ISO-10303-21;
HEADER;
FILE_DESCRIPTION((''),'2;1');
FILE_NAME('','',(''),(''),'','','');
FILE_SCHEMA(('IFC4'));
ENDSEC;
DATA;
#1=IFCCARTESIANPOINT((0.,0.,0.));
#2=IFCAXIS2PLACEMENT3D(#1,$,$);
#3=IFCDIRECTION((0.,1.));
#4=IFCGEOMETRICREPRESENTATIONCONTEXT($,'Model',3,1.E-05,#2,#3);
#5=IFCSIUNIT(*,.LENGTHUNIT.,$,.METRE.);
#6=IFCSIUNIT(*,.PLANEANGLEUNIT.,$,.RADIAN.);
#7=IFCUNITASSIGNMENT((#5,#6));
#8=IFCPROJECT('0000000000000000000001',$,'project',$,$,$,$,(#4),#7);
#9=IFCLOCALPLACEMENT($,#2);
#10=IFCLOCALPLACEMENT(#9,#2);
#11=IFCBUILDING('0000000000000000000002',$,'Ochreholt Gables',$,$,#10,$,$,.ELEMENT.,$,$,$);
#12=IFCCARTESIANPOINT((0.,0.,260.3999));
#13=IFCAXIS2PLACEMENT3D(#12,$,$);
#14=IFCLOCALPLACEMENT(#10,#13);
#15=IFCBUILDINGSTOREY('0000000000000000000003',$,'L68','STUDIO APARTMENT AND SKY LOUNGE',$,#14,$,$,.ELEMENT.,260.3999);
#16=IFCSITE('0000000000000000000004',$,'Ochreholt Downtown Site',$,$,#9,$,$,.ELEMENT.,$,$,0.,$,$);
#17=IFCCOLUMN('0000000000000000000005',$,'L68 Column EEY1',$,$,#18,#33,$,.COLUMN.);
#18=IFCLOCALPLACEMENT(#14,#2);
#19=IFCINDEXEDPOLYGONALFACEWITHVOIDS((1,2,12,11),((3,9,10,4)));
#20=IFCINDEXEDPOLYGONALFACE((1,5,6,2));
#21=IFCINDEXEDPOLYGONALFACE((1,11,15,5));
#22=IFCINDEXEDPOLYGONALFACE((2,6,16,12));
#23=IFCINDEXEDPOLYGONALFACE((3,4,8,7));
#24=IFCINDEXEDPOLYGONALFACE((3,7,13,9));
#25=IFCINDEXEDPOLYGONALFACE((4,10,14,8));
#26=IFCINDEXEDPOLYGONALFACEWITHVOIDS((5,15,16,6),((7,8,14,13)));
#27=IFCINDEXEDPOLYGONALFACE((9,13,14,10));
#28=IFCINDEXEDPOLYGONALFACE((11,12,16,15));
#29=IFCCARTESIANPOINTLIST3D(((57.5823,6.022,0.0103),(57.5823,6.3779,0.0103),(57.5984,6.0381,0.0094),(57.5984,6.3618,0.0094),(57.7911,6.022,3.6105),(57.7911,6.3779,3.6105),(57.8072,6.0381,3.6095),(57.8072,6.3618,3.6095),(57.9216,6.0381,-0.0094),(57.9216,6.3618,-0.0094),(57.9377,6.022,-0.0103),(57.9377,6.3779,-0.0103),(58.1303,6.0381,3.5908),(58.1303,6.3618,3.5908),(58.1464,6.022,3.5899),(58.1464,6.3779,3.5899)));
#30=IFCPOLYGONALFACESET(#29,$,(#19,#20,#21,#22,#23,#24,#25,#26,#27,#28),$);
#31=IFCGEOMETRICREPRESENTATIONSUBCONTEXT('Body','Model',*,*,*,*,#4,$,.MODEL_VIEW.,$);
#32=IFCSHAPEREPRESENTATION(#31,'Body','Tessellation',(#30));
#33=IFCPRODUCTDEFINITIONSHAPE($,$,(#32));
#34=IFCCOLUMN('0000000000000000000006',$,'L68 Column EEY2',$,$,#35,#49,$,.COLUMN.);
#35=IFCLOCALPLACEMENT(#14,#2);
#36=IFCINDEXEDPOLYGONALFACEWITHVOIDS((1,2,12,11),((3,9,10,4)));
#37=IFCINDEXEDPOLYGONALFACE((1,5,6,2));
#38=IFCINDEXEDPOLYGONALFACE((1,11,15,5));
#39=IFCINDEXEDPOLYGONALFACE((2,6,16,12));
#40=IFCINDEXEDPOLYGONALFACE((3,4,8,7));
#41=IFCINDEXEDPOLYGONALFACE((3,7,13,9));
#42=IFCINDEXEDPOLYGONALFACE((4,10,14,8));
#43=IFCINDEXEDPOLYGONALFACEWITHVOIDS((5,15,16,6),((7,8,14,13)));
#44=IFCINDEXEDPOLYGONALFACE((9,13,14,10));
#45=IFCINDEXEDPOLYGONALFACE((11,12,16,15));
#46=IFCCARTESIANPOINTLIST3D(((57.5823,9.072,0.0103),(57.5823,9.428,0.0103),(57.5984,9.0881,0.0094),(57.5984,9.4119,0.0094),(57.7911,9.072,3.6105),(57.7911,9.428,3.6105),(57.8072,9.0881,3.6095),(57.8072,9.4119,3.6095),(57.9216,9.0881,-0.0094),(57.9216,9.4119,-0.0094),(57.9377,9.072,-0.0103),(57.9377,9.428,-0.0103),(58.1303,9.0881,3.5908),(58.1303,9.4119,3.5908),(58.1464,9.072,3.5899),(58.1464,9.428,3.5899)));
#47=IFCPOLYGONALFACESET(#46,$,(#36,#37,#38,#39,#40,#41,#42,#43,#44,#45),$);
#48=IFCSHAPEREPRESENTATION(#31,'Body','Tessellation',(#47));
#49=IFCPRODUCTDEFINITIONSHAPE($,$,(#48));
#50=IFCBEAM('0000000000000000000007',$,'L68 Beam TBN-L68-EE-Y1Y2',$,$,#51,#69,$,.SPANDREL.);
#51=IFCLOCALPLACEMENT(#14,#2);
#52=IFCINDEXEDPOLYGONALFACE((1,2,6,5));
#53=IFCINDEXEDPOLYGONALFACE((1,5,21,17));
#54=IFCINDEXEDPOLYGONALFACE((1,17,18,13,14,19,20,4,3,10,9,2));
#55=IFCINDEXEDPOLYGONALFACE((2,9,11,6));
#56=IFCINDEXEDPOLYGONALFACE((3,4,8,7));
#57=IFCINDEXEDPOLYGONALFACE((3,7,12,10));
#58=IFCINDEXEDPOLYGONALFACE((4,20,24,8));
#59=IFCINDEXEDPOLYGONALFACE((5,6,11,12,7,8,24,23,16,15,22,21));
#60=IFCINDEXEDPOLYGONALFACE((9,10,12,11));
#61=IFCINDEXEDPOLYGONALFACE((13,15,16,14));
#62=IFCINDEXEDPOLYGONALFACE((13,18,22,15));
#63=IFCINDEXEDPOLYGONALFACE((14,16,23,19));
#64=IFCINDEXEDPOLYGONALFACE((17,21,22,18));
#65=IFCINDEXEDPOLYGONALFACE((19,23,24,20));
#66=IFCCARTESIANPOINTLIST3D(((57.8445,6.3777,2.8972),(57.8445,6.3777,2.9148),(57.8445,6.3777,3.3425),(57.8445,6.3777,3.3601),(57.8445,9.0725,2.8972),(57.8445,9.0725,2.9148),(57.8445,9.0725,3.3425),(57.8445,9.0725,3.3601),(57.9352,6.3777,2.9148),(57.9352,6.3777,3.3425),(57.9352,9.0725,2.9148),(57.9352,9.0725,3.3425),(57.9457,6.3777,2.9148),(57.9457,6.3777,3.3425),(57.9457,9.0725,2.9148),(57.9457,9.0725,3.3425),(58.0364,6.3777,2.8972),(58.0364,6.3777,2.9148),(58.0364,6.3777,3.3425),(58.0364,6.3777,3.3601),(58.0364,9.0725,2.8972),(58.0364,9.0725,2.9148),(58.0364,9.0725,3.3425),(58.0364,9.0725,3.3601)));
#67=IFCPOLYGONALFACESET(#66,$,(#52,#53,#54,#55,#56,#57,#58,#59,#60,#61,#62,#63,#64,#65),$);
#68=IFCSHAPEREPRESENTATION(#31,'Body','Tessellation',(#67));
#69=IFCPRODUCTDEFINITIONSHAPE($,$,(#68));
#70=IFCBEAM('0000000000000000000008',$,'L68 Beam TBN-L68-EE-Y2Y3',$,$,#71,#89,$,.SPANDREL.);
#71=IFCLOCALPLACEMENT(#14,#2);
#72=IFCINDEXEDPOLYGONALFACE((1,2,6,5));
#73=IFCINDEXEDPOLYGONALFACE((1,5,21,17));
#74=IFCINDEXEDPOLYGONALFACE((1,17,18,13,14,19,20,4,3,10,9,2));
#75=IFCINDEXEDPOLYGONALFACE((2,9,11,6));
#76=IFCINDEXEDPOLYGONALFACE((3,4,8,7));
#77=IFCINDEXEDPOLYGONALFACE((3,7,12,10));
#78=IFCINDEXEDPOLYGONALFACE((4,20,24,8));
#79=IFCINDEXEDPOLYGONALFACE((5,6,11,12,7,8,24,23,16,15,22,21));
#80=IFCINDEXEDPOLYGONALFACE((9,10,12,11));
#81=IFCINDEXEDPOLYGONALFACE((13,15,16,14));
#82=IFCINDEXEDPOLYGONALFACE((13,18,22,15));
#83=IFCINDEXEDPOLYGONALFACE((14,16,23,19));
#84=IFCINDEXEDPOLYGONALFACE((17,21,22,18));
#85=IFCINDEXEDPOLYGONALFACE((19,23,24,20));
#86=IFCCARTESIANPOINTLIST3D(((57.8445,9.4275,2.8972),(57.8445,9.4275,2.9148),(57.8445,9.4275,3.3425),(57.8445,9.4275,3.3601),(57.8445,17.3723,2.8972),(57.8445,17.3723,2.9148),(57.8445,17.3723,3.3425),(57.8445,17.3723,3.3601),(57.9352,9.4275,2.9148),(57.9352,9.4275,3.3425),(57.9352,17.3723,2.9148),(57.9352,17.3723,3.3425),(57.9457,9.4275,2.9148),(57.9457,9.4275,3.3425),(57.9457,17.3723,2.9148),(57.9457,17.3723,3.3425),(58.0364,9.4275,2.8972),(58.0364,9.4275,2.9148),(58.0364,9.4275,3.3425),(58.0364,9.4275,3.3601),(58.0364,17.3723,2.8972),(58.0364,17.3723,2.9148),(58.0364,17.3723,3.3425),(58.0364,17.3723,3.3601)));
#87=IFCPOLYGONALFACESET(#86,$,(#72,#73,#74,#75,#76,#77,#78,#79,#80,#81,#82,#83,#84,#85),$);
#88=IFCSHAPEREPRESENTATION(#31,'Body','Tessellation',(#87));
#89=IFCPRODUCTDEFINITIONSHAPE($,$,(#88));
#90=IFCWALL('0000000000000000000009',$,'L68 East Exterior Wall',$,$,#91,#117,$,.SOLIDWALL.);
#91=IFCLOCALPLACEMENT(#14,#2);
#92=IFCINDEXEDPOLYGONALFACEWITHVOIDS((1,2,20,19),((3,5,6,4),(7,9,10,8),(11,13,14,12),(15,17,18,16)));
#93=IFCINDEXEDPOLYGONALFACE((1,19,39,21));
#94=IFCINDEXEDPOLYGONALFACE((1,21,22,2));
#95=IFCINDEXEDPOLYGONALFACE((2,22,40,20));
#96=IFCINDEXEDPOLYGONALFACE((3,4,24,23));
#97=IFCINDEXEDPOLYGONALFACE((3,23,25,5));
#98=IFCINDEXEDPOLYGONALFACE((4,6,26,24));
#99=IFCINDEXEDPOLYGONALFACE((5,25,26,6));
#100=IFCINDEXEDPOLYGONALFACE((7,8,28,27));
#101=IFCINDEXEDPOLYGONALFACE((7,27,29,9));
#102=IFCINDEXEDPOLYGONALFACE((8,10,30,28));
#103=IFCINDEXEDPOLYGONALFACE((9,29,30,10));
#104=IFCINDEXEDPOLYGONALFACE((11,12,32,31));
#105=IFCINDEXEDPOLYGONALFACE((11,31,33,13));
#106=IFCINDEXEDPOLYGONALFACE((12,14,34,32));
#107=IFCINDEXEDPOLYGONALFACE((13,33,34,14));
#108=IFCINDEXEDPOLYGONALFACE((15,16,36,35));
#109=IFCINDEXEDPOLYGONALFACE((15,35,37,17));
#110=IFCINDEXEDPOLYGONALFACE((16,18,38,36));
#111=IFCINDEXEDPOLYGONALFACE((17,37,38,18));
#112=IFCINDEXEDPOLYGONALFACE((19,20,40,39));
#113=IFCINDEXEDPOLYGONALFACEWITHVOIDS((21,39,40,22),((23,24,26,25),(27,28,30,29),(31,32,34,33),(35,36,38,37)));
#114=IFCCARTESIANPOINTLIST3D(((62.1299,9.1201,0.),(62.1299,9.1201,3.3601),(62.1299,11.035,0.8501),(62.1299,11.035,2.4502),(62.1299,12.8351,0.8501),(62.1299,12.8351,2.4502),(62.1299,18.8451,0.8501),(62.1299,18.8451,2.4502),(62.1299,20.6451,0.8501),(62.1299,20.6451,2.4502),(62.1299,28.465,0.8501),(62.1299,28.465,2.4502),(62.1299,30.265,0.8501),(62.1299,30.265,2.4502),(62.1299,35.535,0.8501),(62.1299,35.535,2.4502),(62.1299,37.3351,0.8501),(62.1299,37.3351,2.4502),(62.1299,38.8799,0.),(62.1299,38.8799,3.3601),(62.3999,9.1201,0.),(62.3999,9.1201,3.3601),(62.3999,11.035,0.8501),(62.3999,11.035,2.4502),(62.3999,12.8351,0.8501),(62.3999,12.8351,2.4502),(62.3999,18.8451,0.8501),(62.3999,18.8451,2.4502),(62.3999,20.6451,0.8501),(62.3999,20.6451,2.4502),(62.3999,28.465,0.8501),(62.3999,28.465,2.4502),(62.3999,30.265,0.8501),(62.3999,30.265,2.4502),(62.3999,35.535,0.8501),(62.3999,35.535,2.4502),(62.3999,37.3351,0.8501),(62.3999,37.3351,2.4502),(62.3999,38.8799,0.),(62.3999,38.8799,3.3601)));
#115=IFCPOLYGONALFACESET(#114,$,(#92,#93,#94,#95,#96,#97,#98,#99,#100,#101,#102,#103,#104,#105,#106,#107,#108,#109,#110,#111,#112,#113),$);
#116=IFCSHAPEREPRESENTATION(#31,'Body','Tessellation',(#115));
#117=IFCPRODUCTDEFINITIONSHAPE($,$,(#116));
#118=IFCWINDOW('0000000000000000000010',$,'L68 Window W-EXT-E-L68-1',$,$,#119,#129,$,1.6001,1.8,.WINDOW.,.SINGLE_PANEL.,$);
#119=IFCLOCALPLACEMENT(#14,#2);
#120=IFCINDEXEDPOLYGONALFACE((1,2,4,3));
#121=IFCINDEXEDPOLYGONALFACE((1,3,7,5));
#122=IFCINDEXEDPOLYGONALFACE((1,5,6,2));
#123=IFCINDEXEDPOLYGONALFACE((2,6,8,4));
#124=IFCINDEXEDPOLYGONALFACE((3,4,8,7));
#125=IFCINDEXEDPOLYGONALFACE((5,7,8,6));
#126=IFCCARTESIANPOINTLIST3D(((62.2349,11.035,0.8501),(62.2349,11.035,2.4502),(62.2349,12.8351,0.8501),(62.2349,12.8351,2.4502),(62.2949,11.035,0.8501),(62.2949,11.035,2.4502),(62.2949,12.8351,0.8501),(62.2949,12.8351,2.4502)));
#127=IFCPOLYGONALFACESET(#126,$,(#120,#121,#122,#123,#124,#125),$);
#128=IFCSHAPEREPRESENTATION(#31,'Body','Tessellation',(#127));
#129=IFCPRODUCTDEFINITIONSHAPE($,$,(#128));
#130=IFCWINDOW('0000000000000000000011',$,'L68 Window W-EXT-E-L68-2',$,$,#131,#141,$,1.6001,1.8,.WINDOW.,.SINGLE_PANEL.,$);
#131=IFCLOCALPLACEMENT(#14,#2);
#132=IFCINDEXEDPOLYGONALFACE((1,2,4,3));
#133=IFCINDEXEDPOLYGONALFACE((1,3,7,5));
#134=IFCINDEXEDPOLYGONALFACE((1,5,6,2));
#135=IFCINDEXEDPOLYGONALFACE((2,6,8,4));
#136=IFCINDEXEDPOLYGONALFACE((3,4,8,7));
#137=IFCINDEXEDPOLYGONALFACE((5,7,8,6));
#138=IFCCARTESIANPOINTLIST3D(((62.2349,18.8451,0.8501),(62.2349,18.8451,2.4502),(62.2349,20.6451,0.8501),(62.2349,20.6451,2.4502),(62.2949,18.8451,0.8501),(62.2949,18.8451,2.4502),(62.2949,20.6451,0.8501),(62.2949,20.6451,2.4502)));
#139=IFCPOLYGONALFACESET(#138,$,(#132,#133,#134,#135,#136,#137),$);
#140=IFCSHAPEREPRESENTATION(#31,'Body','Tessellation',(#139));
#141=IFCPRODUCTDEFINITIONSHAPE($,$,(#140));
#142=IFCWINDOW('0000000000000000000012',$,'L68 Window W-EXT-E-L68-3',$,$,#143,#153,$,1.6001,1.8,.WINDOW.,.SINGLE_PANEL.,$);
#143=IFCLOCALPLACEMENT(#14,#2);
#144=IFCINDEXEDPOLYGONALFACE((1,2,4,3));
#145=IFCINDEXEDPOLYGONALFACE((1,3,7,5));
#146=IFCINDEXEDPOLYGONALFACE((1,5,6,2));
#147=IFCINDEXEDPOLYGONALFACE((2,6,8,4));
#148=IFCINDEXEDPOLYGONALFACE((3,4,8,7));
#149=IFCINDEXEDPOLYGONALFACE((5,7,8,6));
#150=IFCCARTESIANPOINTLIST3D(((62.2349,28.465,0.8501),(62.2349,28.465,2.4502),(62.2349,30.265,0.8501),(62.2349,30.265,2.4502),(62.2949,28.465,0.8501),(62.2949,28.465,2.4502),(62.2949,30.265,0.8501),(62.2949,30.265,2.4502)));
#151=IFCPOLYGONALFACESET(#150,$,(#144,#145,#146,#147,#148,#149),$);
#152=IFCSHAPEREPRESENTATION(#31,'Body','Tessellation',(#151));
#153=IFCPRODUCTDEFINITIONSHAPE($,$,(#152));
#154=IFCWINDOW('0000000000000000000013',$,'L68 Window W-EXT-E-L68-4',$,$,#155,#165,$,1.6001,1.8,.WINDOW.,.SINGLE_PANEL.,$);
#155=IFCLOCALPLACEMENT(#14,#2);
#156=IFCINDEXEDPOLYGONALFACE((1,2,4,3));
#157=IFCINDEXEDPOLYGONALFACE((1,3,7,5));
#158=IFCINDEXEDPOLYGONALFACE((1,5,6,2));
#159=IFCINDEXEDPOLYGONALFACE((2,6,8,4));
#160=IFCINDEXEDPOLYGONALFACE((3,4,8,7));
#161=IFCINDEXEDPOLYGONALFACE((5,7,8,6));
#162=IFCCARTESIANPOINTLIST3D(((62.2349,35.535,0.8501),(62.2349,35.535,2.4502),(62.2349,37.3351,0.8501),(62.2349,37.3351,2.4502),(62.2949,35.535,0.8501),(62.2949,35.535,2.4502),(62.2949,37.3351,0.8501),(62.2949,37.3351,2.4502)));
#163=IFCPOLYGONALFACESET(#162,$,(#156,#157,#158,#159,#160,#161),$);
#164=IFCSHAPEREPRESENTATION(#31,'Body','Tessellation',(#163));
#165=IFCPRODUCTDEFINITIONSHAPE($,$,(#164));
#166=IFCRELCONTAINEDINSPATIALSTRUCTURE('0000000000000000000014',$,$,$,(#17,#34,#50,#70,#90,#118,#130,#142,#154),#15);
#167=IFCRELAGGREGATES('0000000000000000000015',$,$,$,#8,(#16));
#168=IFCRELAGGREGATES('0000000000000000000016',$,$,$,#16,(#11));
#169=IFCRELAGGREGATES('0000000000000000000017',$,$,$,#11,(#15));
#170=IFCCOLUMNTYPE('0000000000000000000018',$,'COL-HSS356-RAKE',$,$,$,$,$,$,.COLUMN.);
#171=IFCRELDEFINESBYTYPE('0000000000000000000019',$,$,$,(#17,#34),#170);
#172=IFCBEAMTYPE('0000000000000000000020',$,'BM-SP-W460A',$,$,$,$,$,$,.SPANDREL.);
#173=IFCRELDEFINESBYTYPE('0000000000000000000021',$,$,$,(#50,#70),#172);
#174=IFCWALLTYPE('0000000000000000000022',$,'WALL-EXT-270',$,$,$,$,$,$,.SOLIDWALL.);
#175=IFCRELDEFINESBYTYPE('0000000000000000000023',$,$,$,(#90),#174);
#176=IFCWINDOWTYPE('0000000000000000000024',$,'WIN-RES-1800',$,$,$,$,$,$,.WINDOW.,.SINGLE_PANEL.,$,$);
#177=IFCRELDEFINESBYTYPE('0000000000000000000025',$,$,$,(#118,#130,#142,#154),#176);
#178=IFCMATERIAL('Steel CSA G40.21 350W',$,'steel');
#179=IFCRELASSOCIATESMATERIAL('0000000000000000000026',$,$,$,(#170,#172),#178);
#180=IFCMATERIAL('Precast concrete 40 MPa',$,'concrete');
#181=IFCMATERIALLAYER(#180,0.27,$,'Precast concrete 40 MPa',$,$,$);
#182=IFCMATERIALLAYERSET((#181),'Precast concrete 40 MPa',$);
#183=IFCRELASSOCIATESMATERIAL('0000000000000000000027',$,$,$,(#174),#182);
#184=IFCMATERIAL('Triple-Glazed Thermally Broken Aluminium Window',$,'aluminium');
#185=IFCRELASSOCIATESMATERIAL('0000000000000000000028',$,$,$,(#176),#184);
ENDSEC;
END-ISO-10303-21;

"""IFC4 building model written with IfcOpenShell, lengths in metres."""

from ifc_helpers import new_model, si_unit, direction, frame, frame_2d, origin, origin_2d, place, context, subcontext, project, spatial, rectangle, hollow_rectangle, i_section, extrude, material, layer, layer_set, material_profile, profile_set, type_object, element, fill, save


model = new_model("IFC4")

# Units and contexts
model_context = context("Model", 3, precision=1e-05, world=origin(), true_north=direction((0.0, 1.0)))
body_context = subcontext(model_context, "Body", "Model", "MODEL_VIEW")
ifc_project = project(units=[si_unit("LENGTHUNIT", "METRE"), si_unit("PLANEANGLEUNIT", "RADIAN")], contexts=[model_context])

# Site, building, storey
site_placement = place(None, origin())
site = spatial("IfcSite", under=ifc_project, at=site_placement, Name="Ochreholt Downtown Site", CompositionType="ELEMENT", RefElevation=0.0)
building_placement = place(site_placement, origin())
building = spatial("IfcBuilding", under=site, at=building_placement, Name="Ochreholt Gables", CompositionType="ELEMENT")
storey_placement = place(building_placement, frame((0.0, 0.0, 260.3999)))
storey = spatial("IfcBuildingStorey", under=building, at=storey_placement, Name="L68", Description="STUDIO APARTMENT AND SKY LOUNGE", CompositionType="ELEMENT", Elevation=260.3999)

# Columns
ifc_material_1 = material(Name="Steel CSA G40.21 350W", Category="steel")
ifc_material_profile_1 = material_profile(ifc_material_1, hollow_rectangle(XDim=0.356, YDim=0.356, WallThickness=0.0161, at=origin_2d()), Name="HSS356X356X16")
ifc_profile_set_1 = profile_set([ifc_material_profile_1], Name="Steel CSA G40.21 350W")
column_type = type_object("IfcColumnType", Name="COL-HSS356-RAKE", PredefinedType="COLUMN", material=ifc_profile_set_1)
for number, where, z_axis, x_axis, name in (
    (1, (57.76, 6.2, 0.0), (0.057885, 0.0, 0.998323), (0.0, 1.0, 0.0), "L68 Column EEY1"),
    (2, (57.76, 9.25, 0.0), (0.057885, 0.0, 0.998323), (0.0, 1.0, 0.0), "L68 Column EEY2"),
):
    element("IfcColumn", number, at=place(storey_placement, frame(where, z_axis=z_axis, x_axis=x_axis)), inside=storey, type_object=column_type, Name=name, PredefinedType="COLUMN", context=body_context, shape_type="SweptSolid", body=[
        extrude(hollow_rectangle(XDim=0.356, YDim=0.356, WallThickness=0.0161, at=origin_2d()), origin(), (0.0, 0.0, 1.0), 3.6062),
    ])

# Beams
ifc_material_profile_2 = material_profile(ifc_material_1, i_section(OverallWidth=0.1919, OverallDepth=0.4629, WebThickness=0.0105, FlangeThickness=0.0176, at=origin_2d()), Name="W460X89")
ifc_profile_set_2 = profile_set([ifc_material_profile_2], Name="Steel CSA G40.21 350W")
beam_type = type_object("IfcBeamType", Name="BM-SP-W460A", PredefinedType="SPANDREL", material=ifc_profile_set_2)
beam_1_placement = place(storey_placement, frame((57.9404, 6.3777, 3.1287), z_axis=(0.0, 1.0, 0.0), x_axis=(-1.0, 0.0, 0.0)))
element("IfcBeam", 3, at=beam_1_placement, inside=storey, type_object=beam_type, Name="L68 Beam TBN-L68-EE-Y1Y2", PredefinedType="SPANDREL", context=body_context, shape_type="SweptSolid", body=[
    extrude(i_section(OverallWidth=0.1919, OverallDepth=0.4629, WebThickness=0.0105, FlangeThickness=0.0176, at=origin_2d()), origin(), (0.0, 0.0, 1.0), 2.6948),
])
beam_2_placement = place(storey_placement, frame((57.9404, 9.4275, 3.1287), z_axis=(0.0, 1.0, 0.0), x_axis=(-1.0, 0.0, 0.0)))
element("IfcBeam", 4, at=beam_2_placement, inside=storey, type_object=beam_type, Name="L68 Beam TBN-L68-EE-Y2Y3", PredefinedType="SPANDREL", context=body_context, shape_type="SweptSolid", body=[
    extrude(i_section(OverallWidth=0.1919, OverallDepth=0.4629, WebThickness=0.0105, FlangeThickness=0.0176, at=origin_2d()), origin(), (0.0, 0.0, 1.0), 7.9448),
])

# Wall, openings, windows
ifc_material_2 = material(Name="Precast concrete 40 MPa", Category="concrete")
ifc_layer_1 = layer(ifc_material_2, 0.27, Name="Precast concrete 40 MPa")
ifc_layer_set_1 = layer_set([ifc_layer_1], Name="Precast concrete 40 MPa")
wall_type_1 = type_object("IfcWallType", Name="WALL-EXT-270", PredefinedType="SOLIDWALL", material=ifc_layer_set_1)
wall_1_placement = place(storey_placement, frame((62.2649, 9.1201, 0.0), z_axis=(0.0, 0.0, 1.0), x_axis=(0.0, 1.0, 0.0)))
wall_1 = element("IfcWall", 5, at=wall_1_placement, inside=storey, type_object=wall_type_1, Name="L68 East Exterior Wall", PredefinedType="SOLIDWALL", context=body_context, shape_type="SweptSolid", body=[
    extrude(rectangle(XDim=29.7598, YDim=0.27, at=frame_2d((14.8799, 0.0))), origin(), (0.0, 0.0, 1.0), 3.3601),
])
opening_1_placement = place(wall_1_placement, frame((1.915, 0.0, 0.8501)))
opening_1 = element("IfcOpeningElement", 6, at=opening_1_placement, cuts=wall_1, PredefinedType="OPENING", context=body_context, shape_type="SweptSolid", body=[
    extrude(rectangle(XDim=1.8, YDim=1.6001, at=frame_2d((0.8999, 0.8))), frame((0.0, 0.145, 0.0), z_axis=(0.0, -1.0, 0.0), x_axis=(1.0, 0.0, 0.0)), (0.0, 0.0, 1.0), 0.29),
])
opening_2_placement = place(wall_1_placement, frame((9.7251, 0.0, 0.8501)))
opening_2 = element("IfcOpeningElement", 7, at=opening_2_placement, cuts=wall_1, PredefinedType="OPENING", context=body_context, shape_type="SweptSolid", body=[
    extrude(rectangle(XDim=1.8, YDim=1.6001, at=frame_2d((0.8999, 0.8))), frame((0.0, 0.145, 0.0), z_axis=(0.0, -1.0, 0.0), x_axis=(1.0, 0.0, 0.0)), (0.0, 0.0, 1.0), 0.29),
])
opening_3_placement = place(wall_1_placement, frame((19.345, 0.0, 0.8501)))
opening_3 = element("IfcOpeningElement", 8, at=opening_3_placement, cuts=wall_1, PredefinedType="OPENING", context=body_context, shape_type="SweptSolid", body=[
    extrude(rectangle(XDim=1.8, YDim=1.6001, at=frame_2d((0.8999, 0.8))), frame((0.0, 0.145, 0.0), z_axis=(0.0, -1.0, 0.0), x_axis=(1.0, 0.0, 0.0)), (0.0, 0.0, 1.0), 0.29),
])
opening_4_placement = place(wall_1_placement, frame((26.415, 0.0, 0.8501)))
opening_4 = element("IfcOpeningElement", 9, at=opening_4_placement, cuts=wall_1, PredefinedType="OPENING", context=body_context, shape_type="SweptSolid", body=[
    extrude(rectangle(XDim=1.8, YDim=1.6001, at=frame_2d((0.8999, 0.8))), frame((0.0, 0.145, 0.0), z_axis=(0.0, -1.0, 0.0), x_axis=(1.0, 0.0, 0.0)), (0.0, 0.0, 1.0), 0.29),
])
ifc_material_3 = material(Name="Triple-Glazed Thermally Broken Aluminium Window", Category="aluminium")
window_type_1 = type_object("IfcWindowType", Name="WIN-RES-1800", PartitioningType="SINGLE_PANEL", PredefinedType="WINDOW", material=ifc_material_3)
window_1_placement = place(opening_1_placement, origin())
window_1 = element("IfcWindow", 10, at=window_1_placement, inside=storey, type_object=window_type_1, Name="L68 Window W-EXT-E-L68-1", OverallHeight=1.6001, OverallWidth=1.8, PartitioningType="SINGLE_PANEL", PredefinedType="WINDOW", context=body_context, shape_type="SweptSolid", body=[
    extrude(rectangle(XDim=1.8, YDim=1.6001, at=frame_2d((0.8999, 0.8))), frame((0.0, 0.03, 0.0), z_axis=(0.0, -1.0, 0.0), x_axis=(1.0, 0.0, 0.0)), (0.0, 0.0, 1.0), 0.0601),
])
fill(opening_1, window_1)
window_2_placement = place(opening_2_placement, origin())
window_2 = element("IfcWindow", 11, at=window_2_placement, inside=storey, type_object=window_type_1, Name="L68 Window W-EXT-E-L68-2", OverallHeight=1.6001, OverallWidth=1.8, PartitioningType="SINGLE_PANEL", PredefinedType="WINDOW", context=body_context, shape_type="SweptSolid", body=[
    extrude(rectangle(XDim=1.8, YDim=1.6001, at=frame_2d((0.8999, 0.8))), frame((0.0, 0.03, 0.0), z_axis=(0.0, -1.0, 0.0), x_axis=(1.0, 0.0, 0.0)), (0.0, 0.0, 1.0), 0.0601),
])
fill(opening_2, window_2)
window_3_placement = place(opening_3_placement, origin())
window_3 = element("IfcWindow", 12, at=window_3_placement, inside=storey, type_object=window_type_1, Name="L68 Window W-EXT-E-L68-3", OverallHeight=1.6001, OverallWidth=1.8, PartitioningType="SINGLE_PANEL", PredefinedType="WINDOW", context=body_context, shape_type="SweptSolid", body=[
    extrude(rectangle(XDim=1.8, YDim=1.6001, at=frame_2d((0.8999, 0.8))), frame((0.0, 0.03, 0.0), z_axis=(0.0, -1.0, 0.0), x_axis=(1.0, 0.0, 0.0)), (0.0, 0.0, 1.0), 0.0601),
])
fill(opening_3, window_3)
window_4_placement = place(opening_4_placement, origin())
window_4 = element("IfcWindow", 13, at=window_4_placement, inside=storey, type_object=window_type_1, Name="L68 Window W-EXT-E-L68-4", OverallHeight=1.6001, OverallWidth=1.8, PartitioningType="SINGLE_PANEL", PredefinedType="WINDOW", context=body_context, shape_type="SweptSolid", body=[
    extrude(rectangle(XDim=1.8, YDim=1.6001, at=frame_2d((0.8999, 0.8))), frame((0.0, 0.03, 0.0), z_axis=(0.0, -1.0, 0.0), x_axis=(1.0, 0.0, 0.0)), (0.0, 0.0, 1.0), 0.0601),
])
fill(opening_4, window_4)

save(model, "model.ifc")
